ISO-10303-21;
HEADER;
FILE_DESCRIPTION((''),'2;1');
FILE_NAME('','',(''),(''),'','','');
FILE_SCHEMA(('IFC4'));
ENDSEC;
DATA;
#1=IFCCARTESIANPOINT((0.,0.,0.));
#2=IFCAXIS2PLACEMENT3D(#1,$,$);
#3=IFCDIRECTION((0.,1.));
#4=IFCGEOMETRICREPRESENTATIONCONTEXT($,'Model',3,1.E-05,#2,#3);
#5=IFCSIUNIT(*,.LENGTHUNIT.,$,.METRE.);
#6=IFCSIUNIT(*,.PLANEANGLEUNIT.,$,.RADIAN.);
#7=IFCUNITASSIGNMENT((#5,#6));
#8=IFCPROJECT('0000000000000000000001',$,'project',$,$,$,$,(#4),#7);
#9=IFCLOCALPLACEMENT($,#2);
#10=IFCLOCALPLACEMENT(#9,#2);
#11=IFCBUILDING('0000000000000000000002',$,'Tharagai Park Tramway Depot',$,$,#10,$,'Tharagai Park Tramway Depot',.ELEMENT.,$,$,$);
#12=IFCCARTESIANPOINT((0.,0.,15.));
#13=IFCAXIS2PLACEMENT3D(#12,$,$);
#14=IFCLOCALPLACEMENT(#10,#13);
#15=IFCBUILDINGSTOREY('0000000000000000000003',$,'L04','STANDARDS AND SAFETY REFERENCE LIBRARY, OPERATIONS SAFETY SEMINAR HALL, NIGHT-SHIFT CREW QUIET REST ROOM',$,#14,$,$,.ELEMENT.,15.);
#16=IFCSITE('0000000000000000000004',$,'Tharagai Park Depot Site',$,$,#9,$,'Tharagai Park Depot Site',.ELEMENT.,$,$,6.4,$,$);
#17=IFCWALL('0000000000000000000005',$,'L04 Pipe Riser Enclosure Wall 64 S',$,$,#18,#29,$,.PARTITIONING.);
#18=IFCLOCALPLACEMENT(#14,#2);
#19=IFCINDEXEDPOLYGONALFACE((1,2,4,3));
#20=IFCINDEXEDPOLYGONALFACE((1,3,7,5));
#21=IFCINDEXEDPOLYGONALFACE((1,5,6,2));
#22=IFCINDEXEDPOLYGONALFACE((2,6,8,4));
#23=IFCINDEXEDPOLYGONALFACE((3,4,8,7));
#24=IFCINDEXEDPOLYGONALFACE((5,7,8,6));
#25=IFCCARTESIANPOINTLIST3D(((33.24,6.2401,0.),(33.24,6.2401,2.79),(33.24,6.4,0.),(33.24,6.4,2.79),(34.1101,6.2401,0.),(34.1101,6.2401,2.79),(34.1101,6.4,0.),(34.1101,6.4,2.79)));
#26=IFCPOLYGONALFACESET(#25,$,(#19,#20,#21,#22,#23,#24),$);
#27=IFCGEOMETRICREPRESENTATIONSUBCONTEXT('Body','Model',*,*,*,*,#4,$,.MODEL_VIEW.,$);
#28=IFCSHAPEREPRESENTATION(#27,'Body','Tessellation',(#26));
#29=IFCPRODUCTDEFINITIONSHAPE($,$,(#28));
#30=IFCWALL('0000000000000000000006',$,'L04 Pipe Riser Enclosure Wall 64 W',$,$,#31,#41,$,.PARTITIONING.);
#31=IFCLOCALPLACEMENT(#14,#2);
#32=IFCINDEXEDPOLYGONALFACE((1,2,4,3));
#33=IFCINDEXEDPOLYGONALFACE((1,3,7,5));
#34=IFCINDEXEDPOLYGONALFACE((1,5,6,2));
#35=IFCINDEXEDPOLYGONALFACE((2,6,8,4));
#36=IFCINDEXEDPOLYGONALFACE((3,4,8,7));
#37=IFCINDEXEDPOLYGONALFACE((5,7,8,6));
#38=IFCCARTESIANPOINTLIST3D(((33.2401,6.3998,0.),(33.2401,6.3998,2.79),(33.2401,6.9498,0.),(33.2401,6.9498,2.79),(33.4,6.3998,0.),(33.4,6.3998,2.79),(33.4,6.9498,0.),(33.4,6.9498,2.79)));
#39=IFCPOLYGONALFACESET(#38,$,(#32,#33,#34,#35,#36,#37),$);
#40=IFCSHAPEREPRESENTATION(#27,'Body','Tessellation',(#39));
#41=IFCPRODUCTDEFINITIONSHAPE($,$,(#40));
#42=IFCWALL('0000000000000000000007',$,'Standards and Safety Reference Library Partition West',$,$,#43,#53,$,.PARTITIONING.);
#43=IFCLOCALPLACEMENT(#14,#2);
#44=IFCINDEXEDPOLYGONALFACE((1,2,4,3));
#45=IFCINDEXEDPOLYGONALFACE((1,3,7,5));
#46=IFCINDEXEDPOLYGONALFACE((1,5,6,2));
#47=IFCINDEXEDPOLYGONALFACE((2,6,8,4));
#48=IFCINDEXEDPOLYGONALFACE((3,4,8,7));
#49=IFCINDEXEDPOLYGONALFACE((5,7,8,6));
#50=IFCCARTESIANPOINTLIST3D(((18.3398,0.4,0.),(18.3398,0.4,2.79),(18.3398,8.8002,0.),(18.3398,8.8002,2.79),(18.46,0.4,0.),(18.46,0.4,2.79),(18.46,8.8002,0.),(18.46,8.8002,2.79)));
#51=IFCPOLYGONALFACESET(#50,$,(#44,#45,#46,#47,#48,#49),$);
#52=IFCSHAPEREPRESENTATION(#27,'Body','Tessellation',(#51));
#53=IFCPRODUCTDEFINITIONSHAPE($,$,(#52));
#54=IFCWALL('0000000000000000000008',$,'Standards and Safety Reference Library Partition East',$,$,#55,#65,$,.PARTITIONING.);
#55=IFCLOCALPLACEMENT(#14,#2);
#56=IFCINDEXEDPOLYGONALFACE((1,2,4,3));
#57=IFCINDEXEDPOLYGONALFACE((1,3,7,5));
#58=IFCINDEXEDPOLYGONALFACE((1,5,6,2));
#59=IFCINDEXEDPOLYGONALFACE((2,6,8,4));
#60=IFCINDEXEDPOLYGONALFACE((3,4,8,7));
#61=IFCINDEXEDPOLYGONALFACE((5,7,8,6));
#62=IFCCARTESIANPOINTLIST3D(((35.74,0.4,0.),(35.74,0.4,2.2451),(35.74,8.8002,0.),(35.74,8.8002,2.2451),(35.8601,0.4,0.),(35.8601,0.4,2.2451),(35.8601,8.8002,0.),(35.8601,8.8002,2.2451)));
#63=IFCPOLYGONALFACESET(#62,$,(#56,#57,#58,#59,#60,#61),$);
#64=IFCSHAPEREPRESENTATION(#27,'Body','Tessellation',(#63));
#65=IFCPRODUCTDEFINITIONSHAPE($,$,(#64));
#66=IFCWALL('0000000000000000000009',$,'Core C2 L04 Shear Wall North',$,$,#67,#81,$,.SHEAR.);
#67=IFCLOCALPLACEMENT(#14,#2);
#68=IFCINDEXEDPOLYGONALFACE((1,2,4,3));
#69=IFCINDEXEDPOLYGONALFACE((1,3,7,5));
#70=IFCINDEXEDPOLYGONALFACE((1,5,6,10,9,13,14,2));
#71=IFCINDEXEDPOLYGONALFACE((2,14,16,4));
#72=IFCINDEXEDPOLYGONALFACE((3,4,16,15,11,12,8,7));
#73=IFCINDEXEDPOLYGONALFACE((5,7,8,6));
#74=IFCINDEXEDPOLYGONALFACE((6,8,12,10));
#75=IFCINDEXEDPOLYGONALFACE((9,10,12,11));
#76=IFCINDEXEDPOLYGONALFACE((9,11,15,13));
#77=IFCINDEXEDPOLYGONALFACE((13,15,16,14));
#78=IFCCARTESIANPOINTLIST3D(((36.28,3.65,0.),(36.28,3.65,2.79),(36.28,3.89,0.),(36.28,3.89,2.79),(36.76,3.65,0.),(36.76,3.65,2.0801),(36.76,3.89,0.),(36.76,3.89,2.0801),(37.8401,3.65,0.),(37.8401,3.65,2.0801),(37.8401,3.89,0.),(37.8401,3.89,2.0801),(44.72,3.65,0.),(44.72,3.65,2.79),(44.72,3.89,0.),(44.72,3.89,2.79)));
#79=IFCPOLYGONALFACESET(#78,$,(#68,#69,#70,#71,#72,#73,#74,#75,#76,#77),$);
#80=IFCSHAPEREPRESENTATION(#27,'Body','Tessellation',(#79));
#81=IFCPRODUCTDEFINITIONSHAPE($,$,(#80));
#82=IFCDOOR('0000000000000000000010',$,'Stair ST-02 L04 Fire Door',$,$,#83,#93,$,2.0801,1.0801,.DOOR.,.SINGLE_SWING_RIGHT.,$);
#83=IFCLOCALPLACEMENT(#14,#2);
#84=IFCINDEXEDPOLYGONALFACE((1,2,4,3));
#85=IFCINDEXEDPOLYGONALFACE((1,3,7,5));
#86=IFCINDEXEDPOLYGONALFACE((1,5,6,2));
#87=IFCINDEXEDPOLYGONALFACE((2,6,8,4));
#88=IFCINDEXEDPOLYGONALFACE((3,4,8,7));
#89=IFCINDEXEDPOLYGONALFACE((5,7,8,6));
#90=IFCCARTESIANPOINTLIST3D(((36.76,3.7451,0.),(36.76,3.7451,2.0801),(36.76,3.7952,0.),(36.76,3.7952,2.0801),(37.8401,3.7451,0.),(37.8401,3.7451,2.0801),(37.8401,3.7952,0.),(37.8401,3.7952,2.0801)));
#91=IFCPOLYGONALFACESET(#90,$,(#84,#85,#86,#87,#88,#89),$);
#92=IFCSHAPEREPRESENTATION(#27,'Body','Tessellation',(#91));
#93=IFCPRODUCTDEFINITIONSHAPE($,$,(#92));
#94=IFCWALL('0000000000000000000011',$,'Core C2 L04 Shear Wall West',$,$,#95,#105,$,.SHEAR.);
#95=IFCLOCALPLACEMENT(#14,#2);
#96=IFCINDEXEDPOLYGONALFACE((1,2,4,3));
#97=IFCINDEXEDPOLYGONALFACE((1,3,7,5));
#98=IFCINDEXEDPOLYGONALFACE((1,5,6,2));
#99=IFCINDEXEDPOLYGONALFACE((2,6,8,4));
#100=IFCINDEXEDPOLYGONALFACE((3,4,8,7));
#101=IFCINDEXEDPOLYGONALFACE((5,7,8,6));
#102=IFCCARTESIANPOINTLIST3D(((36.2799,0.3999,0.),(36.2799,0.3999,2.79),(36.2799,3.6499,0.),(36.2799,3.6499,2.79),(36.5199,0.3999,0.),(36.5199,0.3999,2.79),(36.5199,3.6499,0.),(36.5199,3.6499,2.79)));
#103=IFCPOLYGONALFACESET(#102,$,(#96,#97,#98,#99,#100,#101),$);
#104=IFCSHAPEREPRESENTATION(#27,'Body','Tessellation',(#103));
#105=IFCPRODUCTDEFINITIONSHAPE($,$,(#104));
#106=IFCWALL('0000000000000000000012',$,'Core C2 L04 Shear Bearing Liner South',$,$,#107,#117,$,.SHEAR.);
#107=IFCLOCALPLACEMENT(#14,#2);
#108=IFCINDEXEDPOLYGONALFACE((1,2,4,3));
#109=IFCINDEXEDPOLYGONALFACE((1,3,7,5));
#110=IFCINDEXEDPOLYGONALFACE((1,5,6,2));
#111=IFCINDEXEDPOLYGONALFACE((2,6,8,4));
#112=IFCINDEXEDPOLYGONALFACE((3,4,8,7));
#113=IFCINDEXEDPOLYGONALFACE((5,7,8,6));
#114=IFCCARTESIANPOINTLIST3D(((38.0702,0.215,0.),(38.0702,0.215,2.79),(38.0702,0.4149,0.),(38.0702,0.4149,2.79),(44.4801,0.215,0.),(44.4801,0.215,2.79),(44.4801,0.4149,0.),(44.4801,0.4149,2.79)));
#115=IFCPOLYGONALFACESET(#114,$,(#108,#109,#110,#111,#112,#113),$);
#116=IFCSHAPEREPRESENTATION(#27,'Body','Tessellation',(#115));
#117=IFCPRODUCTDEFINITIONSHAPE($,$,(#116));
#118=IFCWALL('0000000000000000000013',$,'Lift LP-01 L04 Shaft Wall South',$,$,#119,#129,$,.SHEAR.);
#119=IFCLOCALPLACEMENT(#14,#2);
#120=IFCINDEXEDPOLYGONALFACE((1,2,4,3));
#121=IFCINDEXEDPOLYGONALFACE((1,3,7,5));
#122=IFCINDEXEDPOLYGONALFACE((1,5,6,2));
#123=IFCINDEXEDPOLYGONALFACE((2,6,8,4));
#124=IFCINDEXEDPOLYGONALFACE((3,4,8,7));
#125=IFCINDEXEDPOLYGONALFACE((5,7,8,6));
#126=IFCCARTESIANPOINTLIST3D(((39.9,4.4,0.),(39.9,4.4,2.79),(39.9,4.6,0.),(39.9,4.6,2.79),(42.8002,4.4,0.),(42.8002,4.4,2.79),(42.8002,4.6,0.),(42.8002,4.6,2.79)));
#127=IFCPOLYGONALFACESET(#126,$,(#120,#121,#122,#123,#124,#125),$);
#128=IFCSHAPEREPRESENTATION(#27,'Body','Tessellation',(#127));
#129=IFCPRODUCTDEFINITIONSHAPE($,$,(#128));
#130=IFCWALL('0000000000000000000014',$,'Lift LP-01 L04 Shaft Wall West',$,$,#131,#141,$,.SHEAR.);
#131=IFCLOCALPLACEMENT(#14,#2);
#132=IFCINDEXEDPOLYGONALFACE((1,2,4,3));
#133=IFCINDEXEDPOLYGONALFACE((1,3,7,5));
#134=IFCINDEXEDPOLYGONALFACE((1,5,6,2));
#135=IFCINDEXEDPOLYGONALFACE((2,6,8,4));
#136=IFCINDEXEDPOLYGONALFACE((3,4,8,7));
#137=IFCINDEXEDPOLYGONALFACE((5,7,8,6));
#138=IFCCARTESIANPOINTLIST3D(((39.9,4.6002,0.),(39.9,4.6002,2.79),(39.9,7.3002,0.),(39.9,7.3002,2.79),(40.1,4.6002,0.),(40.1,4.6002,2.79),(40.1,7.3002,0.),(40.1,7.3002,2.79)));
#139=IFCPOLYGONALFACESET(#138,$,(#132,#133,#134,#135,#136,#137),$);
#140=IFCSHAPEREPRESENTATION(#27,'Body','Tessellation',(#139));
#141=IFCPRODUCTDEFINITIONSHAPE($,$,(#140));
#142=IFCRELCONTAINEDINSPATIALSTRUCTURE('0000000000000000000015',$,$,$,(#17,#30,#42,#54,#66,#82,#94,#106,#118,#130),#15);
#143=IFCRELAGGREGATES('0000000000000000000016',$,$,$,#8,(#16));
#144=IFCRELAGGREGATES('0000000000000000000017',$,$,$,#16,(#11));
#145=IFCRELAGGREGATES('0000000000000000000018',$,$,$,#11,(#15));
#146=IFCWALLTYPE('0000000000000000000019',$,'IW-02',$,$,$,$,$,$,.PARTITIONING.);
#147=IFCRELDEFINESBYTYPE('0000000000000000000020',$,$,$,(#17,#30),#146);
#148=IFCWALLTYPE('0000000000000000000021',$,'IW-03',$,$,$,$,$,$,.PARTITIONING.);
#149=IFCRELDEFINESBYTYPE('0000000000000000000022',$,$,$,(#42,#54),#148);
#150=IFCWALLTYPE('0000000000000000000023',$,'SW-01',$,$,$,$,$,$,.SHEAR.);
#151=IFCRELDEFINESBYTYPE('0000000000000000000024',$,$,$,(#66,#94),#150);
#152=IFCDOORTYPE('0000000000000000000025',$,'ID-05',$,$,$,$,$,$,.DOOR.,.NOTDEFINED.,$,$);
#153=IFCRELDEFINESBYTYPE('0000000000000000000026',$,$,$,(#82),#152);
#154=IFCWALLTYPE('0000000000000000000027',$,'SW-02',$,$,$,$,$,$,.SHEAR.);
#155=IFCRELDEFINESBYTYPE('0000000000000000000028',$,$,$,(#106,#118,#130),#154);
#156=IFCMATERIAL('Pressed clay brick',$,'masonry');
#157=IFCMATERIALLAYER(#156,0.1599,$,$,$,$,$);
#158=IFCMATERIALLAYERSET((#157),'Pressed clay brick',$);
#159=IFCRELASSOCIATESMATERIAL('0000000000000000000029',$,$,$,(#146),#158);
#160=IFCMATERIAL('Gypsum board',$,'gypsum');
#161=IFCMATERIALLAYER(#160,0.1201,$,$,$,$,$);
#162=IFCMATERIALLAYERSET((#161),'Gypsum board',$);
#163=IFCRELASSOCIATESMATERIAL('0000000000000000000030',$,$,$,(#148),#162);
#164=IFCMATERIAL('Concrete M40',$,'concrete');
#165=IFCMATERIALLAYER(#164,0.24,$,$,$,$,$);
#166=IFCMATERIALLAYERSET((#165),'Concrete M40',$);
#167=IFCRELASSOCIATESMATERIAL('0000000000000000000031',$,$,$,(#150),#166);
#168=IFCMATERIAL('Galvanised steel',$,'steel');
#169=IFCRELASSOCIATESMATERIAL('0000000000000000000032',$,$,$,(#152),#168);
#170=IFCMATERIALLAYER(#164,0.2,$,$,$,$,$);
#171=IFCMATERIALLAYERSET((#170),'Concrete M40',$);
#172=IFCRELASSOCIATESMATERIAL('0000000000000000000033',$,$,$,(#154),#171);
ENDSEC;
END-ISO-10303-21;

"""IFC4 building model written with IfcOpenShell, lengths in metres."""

from ifc_helpers import new_model, si_unit, direction, frame, frame_2d, origin, place, context, subcontext, project, spatial, rectangle, extrude, material, layer, layer_set, type_object, element, fill, save


model = new_model("IFC4")

# Units and contexts
model_context = context("Model", 3, precision=1e-05, world=origin(), true_north=direction((0.0, 1.0)))
body_context = subcontext(model_context, "Body", "Model", "MODEL_VIEW")
ifc_project = project(units=[si_unit("LENGTHUNIT", "METRE"), si_unit("PLANEANGLEUNIT", "RADIAN")], contexts=[model_context])

# Site, building, storey
site_placement = place(None, origin())
site = spatial("IfcSite", under=ifc_project, at=site_placement, Name="Tharagai Park Depot Site", LongName="Tharagai Park Depot Site", CompositionType="ELEMENT", RefElevation=6.4)
building_placement = place(site_placement, origin())
building = spatial("IfcBuilding", under=site, at=building_placement, Name="Tharagai Park Tramway Depot", LongName="Tharagai Park Tramway Depot", CompositionType="ELEMENT")
storey_placement = place(building_placement, frame((0.0, 0.0, 15.0)))
storey = spatial("IfcBuildingStorey", under=building, at=storey_placement, Name="L04", Description="STANDARDS AND SAFETY REFERENCE LIBRARY, OPERATIONS SAFETY SEMINAR HALL, NIGHT-SHIFT CREW QUIET REST ROOM", CompositionType="ELEMENT", Elevation=15.0)

# Shared definitions
ifc_material_1 = material(Name="Concrete M40", Category="concrete")

# Shared definitions
ifc_material_2 = material(Name="Pressed clay brick", Category="masonry")

# Walls
ifc_layer_1 = layer(ifc_material_2, 0.1599)
ifc_layer_set_1 = layer_set([ifc_layer_1], Name="Pressed clay brick")
wall_type_1 = type_object("IfcWallType", Name="IW-02", PredefinedType="PARTITIONING", material=ifc_layer_set_1)
wall_1_placement = place(storey_placement, frame((33.24, 6.3201, 0.0), z_axis=(0.0, 0.0, 1.0), x_axis=(1.0, 0.0, 0.0)))
element("IfcWall", 1, at=wall_1_placement, inside=storey, type_object=wall_type_1, Name="L04 Pipe Riser Enclosure Wall 64 S", PredefinedType="PARTITIONING", context=body_context, shape_type="SweptSolid", body=[
    extrude(rectangle(XDim=0.8701, YDim=0.1599, at=frame_2d((0.4351, 0.0))), origin(), (0.0, 0.0, 1.0), 2.79),
])
wall_2_placement = place(storey_placement, frame((33.3201, 6.3999, 0.0), z_axis=(0.0, 0.0, 1.0), x_axis=(0.0, 1.0, 0.0)))
element("IfcWall", 2, at=wall_2_placement, inside=storey, type_object=wall_type_1, Name="L04 Pipe Riser Enclosure Wall 64 W", PredefinedType="PARTITIONING", context=body_context, shape_type="SweptSolid", body=[
    extrude(rectangle(XDim=0.55, YDim=0.1599, at=frame_2d((0.2749, 0.0))), origin(), (0.0, 0.0, 1.0), 2.79),
])
ifc_material_3 = material(Name="Gypsum board", Category="gypsum")
ifc_layer_2 = layer(ifc_material_3, 0.1201)
ifc_layer_set_2 = layer_set([ifc_layer_2], Name="Gypsum board")
wall_type_2 = type_object("IfcWallType", Name="IW-03", PredefinedType="PARTITIONING", material=ifc_layer_set_2)
wall_3_placement = place(storey_placement, frame((18.3999, 0.3999, 0.0), z_axis=(0.0, 0.0, 1.0), x_axis=(0.0, 1.0, 0.0)))
element("IfcWall", 3, at=wall_3_placement, inside=storey, type_object=wall_type_2, Name="Standards and Safety Reference Library Partition West", PredefinedType="PARTITIONING", context=body_context, shape_type="SweptSolid", body=[
    extrude(rectangle(XDim=8.4001, YDim=0.1201, at=frame_2d((4.2002, 0.0))), origin(), (0.0, 0.0, 1.0), 2.79),
])
wall_4_placement = place(storey_placement, frame((35.8, 0.3999, 0.0), z_axis=(0.0, 0.0, 1.0), x_axis=(0.0, 1.0, 0.0)))
element("IfcWall", 4, at=wall_4_placement, inside=storey, type_object=wall_type_2, Name="Standards and Safety Reference Library Partition East", PredefinedType="PARTITIONING", context=body_context, shape_type="SweptSolid", body=[
    extrude(rectangle(XDim=8.4001, YDim=0.1201, at=frame_2d((4.2002, 0.0))), origin(), (0.0, 0.0, 1.0), 2.2451),
])

# Wall, opening, door
ifc_layer_3 = layer(ifc_material_1, 0.24)
ifc_layer_set_3 = layer_set([ifc_layer_3], Name="Concrete M40")
wall_type_3 = type_object("IfcWallType", Name="SW-01", PredefinedType="SHEAR", material=ifc_layer_set_3)
wall_5_placement = place(storey_placement, frame((36.28, 3.77, 0.0), z_axis=(0.0, 0.0, 1.0), x_axis=(1.0, 0.0, 0.0)))
wall_5 = element("IfcWall", 5, at=wall_5_placement, inside=storey, type_object=wall_type_3, Name="Core C2 L04 Shear Wall North", PredefinedType="SHEAR", context=body_context, shape_type="SweptSolid", body=[
    extrude(rectangle(XDim=8.4399, YDim=0.24, at=frame_2d((4.22, 0.0))), origin(), (0.0, 0.0, 1.0), 2.79),
])
opening_1_placement = place(wall_5_placement, frame((0.48, 0.0, 0.0)))
opening_1 = element("IfcOpeningElement", 6, at=opening_1_placement, cuts=wall_5, PredefinedType="OPENING", context=body_context, shape_type="SweptSolid", body=[
    extrude(rectangle(XDim=1.0801, YDim=2.0801, at=frame_2d((0.54, 1.04))), frame((0.0, 0.1299, 0.0), z_axis=(0.0, -1.0, 0.0), x_axis=(1.0, 0.0, 0.0)), (0.0, 0.0, 1.0), 0.26),
])
ifc_material_4 = material(Name="Galvanised steel", Category="steel")
door_type = type_object("IfcDoorType", Name="ID-05", OperationType="NOTDEFINED", PredefinedType="DOOR", material=ifc_material_4)
door_placement = place(opening_1_placement, frame((1.0801, 0.0, 0.0), z_axis=(0.0, 0.0, 1.0), x_axis=(-1.0, 0.0, 0.0)))
door = element("IfcDoor", 7, at=door_placement, inside=storey, type_object=door_type, Name="Stair ST-02 L04 Fire Door", OperationType="SINGLE_SWING_RIGHT", OverallHeight=2.0801, OverallWidth=1.0801, PredefinedType="DOOR", context=body_context, shape_type="SweptSolid", body=[
    extrude(rectangle(XDim=1.0801, YDim=2.0801, at=frame_2d((0.54, 1.04))), frame((0.0, 0.0249, 0.0), z_axis=(0.0, -1.0, 0.0), x_axis=(1.0, 0.0, 0.0)), (0.0, 0.0, 1.0), 0.05),
])
fill(opening_1, door)

# Walls
wall_6_placement = place(storey_placement, frame((36.3999, 0.3999, 0.0), z_axis=(0.0, 0.0, 1.0), x_axis=(0.0, 1.0, 0.0)))
element("IfcWall", 8, at=wall_6_placement, inside=storey, type_object=wall_type_3, Name="Core C2 L04 Shear Wall West", PredefinedType="SHEAR", context=body_context, shape_type="SweptSolid", body=[
    extrude(rectangle(XDim=3.25, YDim=0.24, at=frame_2d((1.625, 0.0))), origin(), (0.0, 0.0, 1.0), 2.79),
])
ifc_layer_4 = layer(ifc_material_1, 0.2)
ifc_layer_set_4 = layer_set([ifc_layer_4], Name="Concrete M40")
wall_type_4 = type_object("IfcWallType", Name="SW-02", PredefinedType="SHEAR", material=ifc_layer_set_4)
wall_7_placement = place(storey_placement, frame((38.0701, 0.3149, 0.0), z_axis=(0.0, 0.0, 1.0), x_axis=(1.0, 0.0, 0.0)))
element("IfcWall", 9, at=wall_7_placement, inside=storey, type_object=wall_type_4, Name="Core C2 L04 Shear Bearing Liner South", PredefinedType="SHEAR", context=body_context, shape_type="SweptSolid", body=[
    extrude(rectangle(XDim=6.4099, YDim=0.2, at=frame_2d((3.2051, 0.0))), origin(), (0.0, 0.0, 1.0), 2.79),
])
wall_8_placement = place(storey_placement, frame((39.8999, 4.5, 0.0), z_axis=(0.0, 0.0, 1.0), x_axis=(1.0, 0.0, 0.0)))
element("IfcWall", 10, at=wall_8_placement, inside=storey, type_object=wall_type_4, Name="Lift LP-01 L04 Shaft Wall South", PredefinedType="SHEAR", context=body_context, shape_type="SweptSolid", body=[
    extrude(rectangle(XDim=2.9001, YDim=0.2, at=frame_2d((1.4502, 0.0))), origin(), (0.0, 0.0, 1.0), 2.79),
])
wall_9_placement = place(storey_placement, frame((40.0, 4.6001, 0.0), z_axis=(0.0, 0.0, 1.0), x_axis=(0.0, 1.0, 0.0)))
element("IfcWall", 11, at=wall_9_placement, inside=storey, type_object=wall_type_4, Name="Lift LP-01 L04 Shaft Wall West", PredefinedType="SHEAR", context=body_context, shape_type="SweptSolid", body=[
    extrude(rectangle(XDim=2.7, YDim=0.2, at=frame_2d((1.3501, 0.0))), origin(), (0.0, 0.0, 1.0), 2.79),
])

save(model, "model.ifc")
